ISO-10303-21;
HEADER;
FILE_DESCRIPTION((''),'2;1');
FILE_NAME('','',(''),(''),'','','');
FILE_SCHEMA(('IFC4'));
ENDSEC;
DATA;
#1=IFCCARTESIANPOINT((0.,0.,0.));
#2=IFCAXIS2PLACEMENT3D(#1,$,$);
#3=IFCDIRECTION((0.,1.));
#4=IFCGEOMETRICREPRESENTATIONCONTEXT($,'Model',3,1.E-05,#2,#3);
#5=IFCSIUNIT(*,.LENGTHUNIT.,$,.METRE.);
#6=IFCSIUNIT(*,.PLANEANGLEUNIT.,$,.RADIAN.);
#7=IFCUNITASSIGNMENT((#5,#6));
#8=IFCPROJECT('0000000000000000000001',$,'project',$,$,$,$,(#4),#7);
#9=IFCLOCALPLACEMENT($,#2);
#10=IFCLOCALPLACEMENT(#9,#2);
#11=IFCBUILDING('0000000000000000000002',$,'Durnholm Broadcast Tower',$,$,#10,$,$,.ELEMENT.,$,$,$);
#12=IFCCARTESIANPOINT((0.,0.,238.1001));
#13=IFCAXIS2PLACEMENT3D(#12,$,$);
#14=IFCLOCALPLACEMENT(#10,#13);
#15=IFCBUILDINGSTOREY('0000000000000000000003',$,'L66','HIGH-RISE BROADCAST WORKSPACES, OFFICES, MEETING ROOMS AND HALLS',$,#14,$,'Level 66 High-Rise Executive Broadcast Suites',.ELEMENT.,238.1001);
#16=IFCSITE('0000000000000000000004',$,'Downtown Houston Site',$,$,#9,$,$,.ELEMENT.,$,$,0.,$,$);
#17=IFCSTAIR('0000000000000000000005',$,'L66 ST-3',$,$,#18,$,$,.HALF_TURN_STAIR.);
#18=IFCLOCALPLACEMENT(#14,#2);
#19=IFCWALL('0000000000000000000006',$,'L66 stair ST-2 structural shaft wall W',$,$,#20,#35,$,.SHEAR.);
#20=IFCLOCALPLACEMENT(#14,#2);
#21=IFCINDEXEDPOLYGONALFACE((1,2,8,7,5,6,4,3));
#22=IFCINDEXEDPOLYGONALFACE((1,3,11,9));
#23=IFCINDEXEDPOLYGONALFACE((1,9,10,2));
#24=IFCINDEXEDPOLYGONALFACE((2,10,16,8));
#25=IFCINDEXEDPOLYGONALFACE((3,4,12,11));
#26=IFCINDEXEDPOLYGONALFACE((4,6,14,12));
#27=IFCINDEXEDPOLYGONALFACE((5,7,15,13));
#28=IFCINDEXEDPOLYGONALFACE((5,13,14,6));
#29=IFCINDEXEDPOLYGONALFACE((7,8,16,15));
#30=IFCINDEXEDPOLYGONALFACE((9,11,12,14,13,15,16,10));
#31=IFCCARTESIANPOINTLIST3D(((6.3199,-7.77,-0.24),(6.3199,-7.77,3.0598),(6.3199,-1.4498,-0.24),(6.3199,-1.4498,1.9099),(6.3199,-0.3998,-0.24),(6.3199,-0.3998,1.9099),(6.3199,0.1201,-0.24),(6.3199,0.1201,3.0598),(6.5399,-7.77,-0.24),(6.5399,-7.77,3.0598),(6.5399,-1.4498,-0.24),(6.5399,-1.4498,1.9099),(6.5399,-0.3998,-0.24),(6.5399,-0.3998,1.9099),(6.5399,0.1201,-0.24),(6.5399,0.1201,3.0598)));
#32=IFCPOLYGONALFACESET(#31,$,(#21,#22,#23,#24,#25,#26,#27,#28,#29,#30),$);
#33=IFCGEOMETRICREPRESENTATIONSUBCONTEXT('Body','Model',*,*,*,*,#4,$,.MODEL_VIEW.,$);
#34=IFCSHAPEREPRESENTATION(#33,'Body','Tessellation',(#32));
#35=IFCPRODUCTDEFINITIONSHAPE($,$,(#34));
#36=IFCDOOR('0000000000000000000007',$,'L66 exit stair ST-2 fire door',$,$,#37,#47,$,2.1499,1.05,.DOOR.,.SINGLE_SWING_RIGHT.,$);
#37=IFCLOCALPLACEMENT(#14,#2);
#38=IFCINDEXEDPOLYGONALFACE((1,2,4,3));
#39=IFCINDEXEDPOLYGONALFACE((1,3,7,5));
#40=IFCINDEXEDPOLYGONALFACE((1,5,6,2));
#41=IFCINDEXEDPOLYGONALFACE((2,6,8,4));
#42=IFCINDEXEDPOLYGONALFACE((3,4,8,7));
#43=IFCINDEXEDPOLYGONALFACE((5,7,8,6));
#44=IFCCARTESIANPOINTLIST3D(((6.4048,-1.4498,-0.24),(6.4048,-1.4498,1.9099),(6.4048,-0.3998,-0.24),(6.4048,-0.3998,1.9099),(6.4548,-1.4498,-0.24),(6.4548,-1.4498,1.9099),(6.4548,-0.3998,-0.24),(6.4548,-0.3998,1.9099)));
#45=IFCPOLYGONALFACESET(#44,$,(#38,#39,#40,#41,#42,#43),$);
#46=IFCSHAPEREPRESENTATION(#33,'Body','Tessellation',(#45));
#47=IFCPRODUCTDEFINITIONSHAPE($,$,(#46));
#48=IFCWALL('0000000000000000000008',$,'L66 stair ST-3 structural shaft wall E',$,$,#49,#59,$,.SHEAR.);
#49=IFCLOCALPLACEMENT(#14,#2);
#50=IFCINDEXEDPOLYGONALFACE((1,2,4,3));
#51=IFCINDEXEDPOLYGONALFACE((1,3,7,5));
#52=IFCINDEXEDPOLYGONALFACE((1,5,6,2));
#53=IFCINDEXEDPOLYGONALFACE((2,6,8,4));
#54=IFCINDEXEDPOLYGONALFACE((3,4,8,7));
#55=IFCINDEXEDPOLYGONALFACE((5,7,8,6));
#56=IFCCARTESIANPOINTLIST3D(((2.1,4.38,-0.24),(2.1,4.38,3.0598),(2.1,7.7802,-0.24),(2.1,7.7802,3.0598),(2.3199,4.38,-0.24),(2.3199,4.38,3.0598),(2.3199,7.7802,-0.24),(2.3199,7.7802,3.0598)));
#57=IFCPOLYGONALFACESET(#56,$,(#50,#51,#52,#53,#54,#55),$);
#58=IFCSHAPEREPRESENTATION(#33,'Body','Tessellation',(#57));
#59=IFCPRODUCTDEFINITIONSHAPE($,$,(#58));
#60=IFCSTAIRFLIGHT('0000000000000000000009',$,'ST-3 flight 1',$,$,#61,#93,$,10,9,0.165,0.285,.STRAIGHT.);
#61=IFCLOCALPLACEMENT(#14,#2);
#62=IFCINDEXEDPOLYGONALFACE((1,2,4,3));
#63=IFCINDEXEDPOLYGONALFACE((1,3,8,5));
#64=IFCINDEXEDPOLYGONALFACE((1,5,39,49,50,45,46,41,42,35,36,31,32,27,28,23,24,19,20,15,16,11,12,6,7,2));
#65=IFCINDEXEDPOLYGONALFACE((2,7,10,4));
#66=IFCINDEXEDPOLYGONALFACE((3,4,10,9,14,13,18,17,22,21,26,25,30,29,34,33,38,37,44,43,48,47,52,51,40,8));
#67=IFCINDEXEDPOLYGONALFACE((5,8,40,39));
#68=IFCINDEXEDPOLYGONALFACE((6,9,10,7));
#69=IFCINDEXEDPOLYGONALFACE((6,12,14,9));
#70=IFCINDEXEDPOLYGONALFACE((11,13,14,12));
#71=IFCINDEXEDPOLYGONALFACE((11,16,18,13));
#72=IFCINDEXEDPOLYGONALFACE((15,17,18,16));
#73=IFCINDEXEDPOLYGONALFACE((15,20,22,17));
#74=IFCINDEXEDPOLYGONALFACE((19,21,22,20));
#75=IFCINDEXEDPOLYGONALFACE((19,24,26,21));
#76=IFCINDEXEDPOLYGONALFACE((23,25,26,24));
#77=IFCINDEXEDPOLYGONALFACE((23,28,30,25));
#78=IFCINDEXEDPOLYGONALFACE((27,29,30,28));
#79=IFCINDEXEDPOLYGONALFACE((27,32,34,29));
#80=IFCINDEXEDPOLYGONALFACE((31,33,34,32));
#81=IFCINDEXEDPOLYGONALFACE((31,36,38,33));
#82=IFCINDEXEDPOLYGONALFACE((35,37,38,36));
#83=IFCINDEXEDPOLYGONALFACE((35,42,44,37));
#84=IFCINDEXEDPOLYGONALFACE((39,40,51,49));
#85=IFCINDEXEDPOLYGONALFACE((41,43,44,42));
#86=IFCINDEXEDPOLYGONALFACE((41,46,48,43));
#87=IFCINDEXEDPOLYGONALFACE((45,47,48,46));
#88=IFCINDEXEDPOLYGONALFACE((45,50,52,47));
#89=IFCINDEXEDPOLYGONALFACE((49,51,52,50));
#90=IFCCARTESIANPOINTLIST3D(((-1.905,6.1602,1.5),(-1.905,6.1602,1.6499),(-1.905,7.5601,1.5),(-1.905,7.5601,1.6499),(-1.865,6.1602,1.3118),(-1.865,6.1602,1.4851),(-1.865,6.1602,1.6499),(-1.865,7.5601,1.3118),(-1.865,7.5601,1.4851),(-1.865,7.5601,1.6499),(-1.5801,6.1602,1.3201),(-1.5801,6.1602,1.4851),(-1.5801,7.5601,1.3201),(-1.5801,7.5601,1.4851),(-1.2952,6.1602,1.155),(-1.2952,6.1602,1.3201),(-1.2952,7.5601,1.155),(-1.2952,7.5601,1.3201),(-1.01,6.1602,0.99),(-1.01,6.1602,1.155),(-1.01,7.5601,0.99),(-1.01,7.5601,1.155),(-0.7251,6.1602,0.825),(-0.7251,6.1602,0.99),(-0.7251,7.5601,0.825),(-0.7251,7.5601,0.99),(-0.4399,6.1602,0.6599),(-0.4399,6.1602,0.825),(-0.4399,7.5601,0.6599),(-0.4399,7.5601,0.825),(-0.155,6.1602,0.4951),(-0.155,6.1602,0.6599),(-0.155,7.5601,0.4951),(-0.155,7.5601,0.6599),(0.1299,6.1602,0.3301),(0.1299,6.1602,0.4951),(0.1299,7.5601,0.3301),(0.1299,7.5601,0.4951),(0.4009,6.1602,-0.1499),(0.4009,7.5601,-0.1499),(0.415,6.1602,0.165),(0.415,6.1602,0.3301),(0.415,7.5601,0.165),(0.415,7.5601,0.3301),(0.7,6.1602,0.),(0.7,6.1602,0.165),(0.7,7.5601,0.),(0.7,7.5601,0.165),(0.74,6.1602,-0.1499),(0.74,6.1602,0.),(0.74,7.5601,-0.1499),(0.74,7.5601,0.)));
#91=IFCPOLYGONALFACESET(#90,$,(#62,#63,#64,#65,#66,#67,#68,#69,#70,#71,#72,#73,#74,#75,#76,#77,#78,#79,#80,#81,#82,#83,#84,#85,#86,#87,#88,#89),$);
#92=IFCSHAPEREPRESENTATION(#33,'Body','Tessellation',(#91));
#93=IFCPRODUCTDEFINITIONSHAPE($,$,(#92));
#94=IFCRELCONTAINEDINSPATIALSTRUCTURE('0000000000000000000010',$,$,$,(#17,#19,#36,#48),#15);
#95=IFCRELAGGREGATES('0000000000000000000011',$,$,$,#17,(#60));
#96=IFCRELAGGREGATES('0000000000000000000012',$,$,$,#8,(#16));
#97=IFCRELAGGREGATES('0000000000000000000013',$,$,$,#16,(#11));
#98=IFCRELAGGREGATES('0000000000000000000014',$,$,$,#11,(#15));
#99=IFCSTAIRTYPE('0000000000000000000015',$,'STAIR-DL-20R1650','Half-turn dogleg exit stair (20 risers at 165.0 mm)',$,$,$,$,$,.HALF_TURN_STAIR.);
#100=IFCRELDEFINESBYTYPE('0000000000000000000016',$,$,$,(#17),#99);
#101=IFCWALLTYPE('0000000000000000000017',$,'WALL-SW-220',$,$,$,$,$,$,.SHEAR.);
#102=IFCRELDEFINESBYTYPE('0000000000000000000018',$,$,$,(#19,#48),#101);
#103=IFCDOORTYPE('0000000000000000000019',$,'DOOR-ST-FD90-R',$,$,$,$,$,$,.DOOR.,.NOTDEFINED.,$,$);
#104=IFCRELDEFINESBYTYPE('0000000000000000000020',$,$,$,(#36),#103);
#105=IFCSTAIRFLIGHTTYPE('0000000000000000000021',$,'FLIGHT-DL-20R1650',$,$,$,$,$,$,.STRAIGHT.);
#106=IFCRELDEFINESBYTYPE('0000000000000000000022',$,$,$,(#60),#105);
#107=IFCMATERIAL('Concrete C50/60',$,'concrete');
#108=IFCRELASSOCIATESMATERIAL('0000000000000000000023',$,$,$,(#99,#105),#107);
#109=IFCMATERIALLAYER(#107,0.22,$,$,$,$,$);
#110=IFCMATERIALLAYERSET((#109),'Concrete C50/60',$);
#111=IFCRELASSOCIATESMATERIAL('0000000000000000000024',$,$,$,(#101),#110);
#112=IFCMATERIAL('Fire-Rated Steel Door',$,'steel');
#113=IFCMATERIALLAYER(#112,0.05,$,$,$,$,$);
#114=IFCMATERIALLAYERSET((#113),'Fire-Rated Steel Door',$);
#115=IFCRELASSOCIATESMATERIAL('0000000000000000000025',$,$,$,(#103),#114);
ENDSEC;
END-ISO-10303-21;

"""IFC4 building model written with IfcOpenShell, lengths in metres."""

from ifc_helpers import new_model, si_unit, direction, frame, frame_2d, origin, place, context, subcontext, project, spatial, polyline, rectangle, outline, extrude, source, transform, mapped, material, layer, layer_set, type_object, type_shapes, element, fill, aggregate, save


model = new_model("IFC4")

# Units and contexts
model_context = context("Model", 3, precision=1e-05, world=origin(), true_north=direction((0.0, 1.0)))
body_context = subcontext(model_context, "Body", "Model", "MODEL_VIEW")
ifc_project = project(units=[si_unit("LENGTHUNIT", "METRE"), si_unit("PLANEANGLEUNIT", "RADIAN")], contexts=[model_context])

# Site, building, storey
site_placement = place(None, origin())
site = spatial("IfcSite", under=ifc_project, at=site_placement, Name="Downtown Houston Site", CompositionType="ELEMENT", RefElevation=0.0)
building_placement = place(site_placement, origin())
building = spatial("IfcBuilding", under=site, at=building_placement, Name="Durnholm Broadcast Tower", CompositionType="ELEMENT")
storey_placement = place(building_placement, frame((0.0, 0.0, 238.1001)))
storey = spatial("IfcBuildingStorey", under=building, at=storey_placement, Name="L66", Description="HIGH-RISE BROADCAST WORKSPACES, OFFICES, MEETING ROOMS AND HALLS", LongName="Level 66 High-Rise Executive Broadcast Suites", CompositionType="ELEMENT", Elevation=238.1001)

# Stair
ifc_material_1 = material(Name="Concrete C50/60", Category="concrete")
stair_type = type_object("IfcStairType", Name="STAIR-DL-20R1650", Description="Half-turn dogleg exit stair (20 risers at 165.0 mm)", PredefinedType="HALF_TURN_STAIR", material=ifc_material_1)
stair_placement = place(storey_placement, origin())
stair = element("IfcStair", 1, at=stair_placement, inside=storey, type_object=stair_type, Name="L66 ST-3", PredefinedType="HALF_TURN_STAIR")

# Wall, opening, door
ifc_layer_1 = layer(ifc_material_1, 0.22)
ifc_layer_set_1 = layer_set([ifc_layer_1], Name="Concrete C50/60")
wall_type_1 = type_object("IfcWallType", Name="WALL-SW-220", PredefinedType="SHEAR", material=ifc_layer_set_1)
wall_1_placement = place(storey_placement, frame((6.4299, 0.1201, -0.24), z_axis=(0.0, 0.0, 1.0), x_axis=(0.0, -1.0, 0.0)))
wall_1 = element("IfcWall", 2, at=wall_1_placement, inside=storey, type_object=wall_type_1, Name="L66 stair ST-2 structural shaft wall W", PredefinedType="SHEAR", context=body_context, shape_type="SweptSolid", body=[
    extrude(rectangle(XDim=7.8901, YDim=0.22, at=frame_2d((3.9451, 0.0))), origin(), (0.0, 0.0, 1.0), 3.2998),
])
opening_1_placement = place(wall_1_placement, frame((0.52, 0.0, 0.0)))
opening_1 = element("IfcOpeningElement", 3, at=opening_1_placement, cuts=wall_1, PredefinedType="OPENING", context=body_context, shape_type="SweptSolid", body=[
    extrude(rectangle(XDim=1.05, YDim=2.1499, at=frame_2d((0.5249, 1.075))), frame((0.0, 0.1201, 0.0), z_axis=(0.0, -1.0, 0.0), x_axis=(1.0, 0.0, 0.0)), (0.0, 0.0, 1.0), 0.24),
])
ifc_material_2 = material(Name="Fire-Rated Steel Door", Category="steel")
ifc_layer_2 = layer(ifc_material_2, 0.05)
ifc_layer_set_2 = layer_set([ifc_layer_2], Name="Fire-Rated Steel Door")
door_type_1 = type_object("IfcDoorType", Name="DOOR-ST-FD90-R", OperationType="NOTDEFINED", PredefinedType="DOOR", material=ifc_layer_set_2)
shared_shape_1 = source(origin(), body_context, "Body", "SweptSolid", [
    extrude(rectangle(XDim=1.05, YDim=2.1499, at=frame_2d((0.5249, 1.075))), frame((0.0, 0.0249, 0.0), z_axis=(0.0, -1.0, 0.0), x_axis=(1.0, 0.0, 0.0)), (0.0, 0.0, 1.0), 0.05),
])
type_shapes(door_type_1, [shared_shape_1])
door_1_placement = place(opening_1_placement, origin())
door_1 = element("IfcDoor", 4, at=door_1_placement, inside=storey, type_object=door_type_1, Name="L66 exit stair ST-2 fire door", OperationType="SINGLE_SWING_RIGHT", OverallHeight=2.1499, OverallWidth=1.05, PredefinedType="DOOR", context=body_context, shape_type="MappedRepresentation", body=[
    mapped(shared_shape_1, transform((0.0, 0.0, 0.0), x_axis=(1.0, 0.0, 0.0), y_axis=(0.0, 1.0, 0.0), z_axis=(0.0, 0.0, 1.0), scale=1.0)),
])
fill(opening_1, door_1)

# Wall
wall_2_placement = place(storey_placement, frame((2.21, 4.3799, -0.24), z_axis=(0.0, 0.0, 1.0), x_axis=(0.0, 1.0, 0.0)))
element("IfcWall", 5, at=wall_2_placement, inside=storey, type_object=wall_type_1, Name="L66 stair ST-3 structural shaft wall E", PredefinedType="SHEAR", context=body_context, shape_type="SweptSolid", body=[
    extrude(rectangle(XDim=3.4001, YDim=0.22, at=frame_2d((1.7002, 0.0))), origin(), (0.0, 0.0, 1.0), 3.2998),
])

# Stair flight
stair_flight_type = type_object("IfcStairFlightType", Name="FLIGHT-DL-20R1650", PredefinedType="STRAIGHT", material=ifc_material_1)
stair_flight_placement = place(storey_placement, frame((0.7, 6.8601, 0.0), z_axis=(0.0, 0.0, 1.0), x_axis=(-1.0, 0.0, 0.0)))
stair_flight = element("IfcStairFlight", 6, at=stair_flight_placement, type_object=stair_flight_type, Name="ST-3 flight 1", NumberOfRisers=10, NumberOfTreads=9, PredefinedType="STRAIGHT", RiserHeight=0.165, TreadLength=0.285, context=body_context, shape_type="SweptSolid", body=[
    extrude(outline(polyline([(-0.04, -0.1499), (-0.04, 0.0), (0.0, 0.0), (0.0, 0.165), (0.2849, 0.165), (0.2849, 0.3301), (0.5701, 0.3301), (0.5701, 0.4951), (0.855, 0.4951), (0.855, 0.6599), (1.1399, 0.6599), (1.1399, 0.825), (1.425, 0.825), (1.425, 0.99), (1.71, 0.99), (1.71, 1.155), (1.9951, 1.155), (1.9951, 1.3201), (2.28, 1.3201), (2.28, 1.4851), (2.5649, 1.4851), (2.5649, 1.6499), (2.605, 1.6499), (2.605, 1.5), (2.5649, 1.3118), (0.2991, -0.1499), (-0.04, -0.1499)])), frame((0.0, 0.7, 0.0), z_axis=(0.0, -1.0, 0.0), x_axis=(1.0, 0.0, 0.0)), (0.0, 0.0, 1.0), 1.3999),
])
aggregate(stair, [stair_flight])

save(model, "model.ifc")
